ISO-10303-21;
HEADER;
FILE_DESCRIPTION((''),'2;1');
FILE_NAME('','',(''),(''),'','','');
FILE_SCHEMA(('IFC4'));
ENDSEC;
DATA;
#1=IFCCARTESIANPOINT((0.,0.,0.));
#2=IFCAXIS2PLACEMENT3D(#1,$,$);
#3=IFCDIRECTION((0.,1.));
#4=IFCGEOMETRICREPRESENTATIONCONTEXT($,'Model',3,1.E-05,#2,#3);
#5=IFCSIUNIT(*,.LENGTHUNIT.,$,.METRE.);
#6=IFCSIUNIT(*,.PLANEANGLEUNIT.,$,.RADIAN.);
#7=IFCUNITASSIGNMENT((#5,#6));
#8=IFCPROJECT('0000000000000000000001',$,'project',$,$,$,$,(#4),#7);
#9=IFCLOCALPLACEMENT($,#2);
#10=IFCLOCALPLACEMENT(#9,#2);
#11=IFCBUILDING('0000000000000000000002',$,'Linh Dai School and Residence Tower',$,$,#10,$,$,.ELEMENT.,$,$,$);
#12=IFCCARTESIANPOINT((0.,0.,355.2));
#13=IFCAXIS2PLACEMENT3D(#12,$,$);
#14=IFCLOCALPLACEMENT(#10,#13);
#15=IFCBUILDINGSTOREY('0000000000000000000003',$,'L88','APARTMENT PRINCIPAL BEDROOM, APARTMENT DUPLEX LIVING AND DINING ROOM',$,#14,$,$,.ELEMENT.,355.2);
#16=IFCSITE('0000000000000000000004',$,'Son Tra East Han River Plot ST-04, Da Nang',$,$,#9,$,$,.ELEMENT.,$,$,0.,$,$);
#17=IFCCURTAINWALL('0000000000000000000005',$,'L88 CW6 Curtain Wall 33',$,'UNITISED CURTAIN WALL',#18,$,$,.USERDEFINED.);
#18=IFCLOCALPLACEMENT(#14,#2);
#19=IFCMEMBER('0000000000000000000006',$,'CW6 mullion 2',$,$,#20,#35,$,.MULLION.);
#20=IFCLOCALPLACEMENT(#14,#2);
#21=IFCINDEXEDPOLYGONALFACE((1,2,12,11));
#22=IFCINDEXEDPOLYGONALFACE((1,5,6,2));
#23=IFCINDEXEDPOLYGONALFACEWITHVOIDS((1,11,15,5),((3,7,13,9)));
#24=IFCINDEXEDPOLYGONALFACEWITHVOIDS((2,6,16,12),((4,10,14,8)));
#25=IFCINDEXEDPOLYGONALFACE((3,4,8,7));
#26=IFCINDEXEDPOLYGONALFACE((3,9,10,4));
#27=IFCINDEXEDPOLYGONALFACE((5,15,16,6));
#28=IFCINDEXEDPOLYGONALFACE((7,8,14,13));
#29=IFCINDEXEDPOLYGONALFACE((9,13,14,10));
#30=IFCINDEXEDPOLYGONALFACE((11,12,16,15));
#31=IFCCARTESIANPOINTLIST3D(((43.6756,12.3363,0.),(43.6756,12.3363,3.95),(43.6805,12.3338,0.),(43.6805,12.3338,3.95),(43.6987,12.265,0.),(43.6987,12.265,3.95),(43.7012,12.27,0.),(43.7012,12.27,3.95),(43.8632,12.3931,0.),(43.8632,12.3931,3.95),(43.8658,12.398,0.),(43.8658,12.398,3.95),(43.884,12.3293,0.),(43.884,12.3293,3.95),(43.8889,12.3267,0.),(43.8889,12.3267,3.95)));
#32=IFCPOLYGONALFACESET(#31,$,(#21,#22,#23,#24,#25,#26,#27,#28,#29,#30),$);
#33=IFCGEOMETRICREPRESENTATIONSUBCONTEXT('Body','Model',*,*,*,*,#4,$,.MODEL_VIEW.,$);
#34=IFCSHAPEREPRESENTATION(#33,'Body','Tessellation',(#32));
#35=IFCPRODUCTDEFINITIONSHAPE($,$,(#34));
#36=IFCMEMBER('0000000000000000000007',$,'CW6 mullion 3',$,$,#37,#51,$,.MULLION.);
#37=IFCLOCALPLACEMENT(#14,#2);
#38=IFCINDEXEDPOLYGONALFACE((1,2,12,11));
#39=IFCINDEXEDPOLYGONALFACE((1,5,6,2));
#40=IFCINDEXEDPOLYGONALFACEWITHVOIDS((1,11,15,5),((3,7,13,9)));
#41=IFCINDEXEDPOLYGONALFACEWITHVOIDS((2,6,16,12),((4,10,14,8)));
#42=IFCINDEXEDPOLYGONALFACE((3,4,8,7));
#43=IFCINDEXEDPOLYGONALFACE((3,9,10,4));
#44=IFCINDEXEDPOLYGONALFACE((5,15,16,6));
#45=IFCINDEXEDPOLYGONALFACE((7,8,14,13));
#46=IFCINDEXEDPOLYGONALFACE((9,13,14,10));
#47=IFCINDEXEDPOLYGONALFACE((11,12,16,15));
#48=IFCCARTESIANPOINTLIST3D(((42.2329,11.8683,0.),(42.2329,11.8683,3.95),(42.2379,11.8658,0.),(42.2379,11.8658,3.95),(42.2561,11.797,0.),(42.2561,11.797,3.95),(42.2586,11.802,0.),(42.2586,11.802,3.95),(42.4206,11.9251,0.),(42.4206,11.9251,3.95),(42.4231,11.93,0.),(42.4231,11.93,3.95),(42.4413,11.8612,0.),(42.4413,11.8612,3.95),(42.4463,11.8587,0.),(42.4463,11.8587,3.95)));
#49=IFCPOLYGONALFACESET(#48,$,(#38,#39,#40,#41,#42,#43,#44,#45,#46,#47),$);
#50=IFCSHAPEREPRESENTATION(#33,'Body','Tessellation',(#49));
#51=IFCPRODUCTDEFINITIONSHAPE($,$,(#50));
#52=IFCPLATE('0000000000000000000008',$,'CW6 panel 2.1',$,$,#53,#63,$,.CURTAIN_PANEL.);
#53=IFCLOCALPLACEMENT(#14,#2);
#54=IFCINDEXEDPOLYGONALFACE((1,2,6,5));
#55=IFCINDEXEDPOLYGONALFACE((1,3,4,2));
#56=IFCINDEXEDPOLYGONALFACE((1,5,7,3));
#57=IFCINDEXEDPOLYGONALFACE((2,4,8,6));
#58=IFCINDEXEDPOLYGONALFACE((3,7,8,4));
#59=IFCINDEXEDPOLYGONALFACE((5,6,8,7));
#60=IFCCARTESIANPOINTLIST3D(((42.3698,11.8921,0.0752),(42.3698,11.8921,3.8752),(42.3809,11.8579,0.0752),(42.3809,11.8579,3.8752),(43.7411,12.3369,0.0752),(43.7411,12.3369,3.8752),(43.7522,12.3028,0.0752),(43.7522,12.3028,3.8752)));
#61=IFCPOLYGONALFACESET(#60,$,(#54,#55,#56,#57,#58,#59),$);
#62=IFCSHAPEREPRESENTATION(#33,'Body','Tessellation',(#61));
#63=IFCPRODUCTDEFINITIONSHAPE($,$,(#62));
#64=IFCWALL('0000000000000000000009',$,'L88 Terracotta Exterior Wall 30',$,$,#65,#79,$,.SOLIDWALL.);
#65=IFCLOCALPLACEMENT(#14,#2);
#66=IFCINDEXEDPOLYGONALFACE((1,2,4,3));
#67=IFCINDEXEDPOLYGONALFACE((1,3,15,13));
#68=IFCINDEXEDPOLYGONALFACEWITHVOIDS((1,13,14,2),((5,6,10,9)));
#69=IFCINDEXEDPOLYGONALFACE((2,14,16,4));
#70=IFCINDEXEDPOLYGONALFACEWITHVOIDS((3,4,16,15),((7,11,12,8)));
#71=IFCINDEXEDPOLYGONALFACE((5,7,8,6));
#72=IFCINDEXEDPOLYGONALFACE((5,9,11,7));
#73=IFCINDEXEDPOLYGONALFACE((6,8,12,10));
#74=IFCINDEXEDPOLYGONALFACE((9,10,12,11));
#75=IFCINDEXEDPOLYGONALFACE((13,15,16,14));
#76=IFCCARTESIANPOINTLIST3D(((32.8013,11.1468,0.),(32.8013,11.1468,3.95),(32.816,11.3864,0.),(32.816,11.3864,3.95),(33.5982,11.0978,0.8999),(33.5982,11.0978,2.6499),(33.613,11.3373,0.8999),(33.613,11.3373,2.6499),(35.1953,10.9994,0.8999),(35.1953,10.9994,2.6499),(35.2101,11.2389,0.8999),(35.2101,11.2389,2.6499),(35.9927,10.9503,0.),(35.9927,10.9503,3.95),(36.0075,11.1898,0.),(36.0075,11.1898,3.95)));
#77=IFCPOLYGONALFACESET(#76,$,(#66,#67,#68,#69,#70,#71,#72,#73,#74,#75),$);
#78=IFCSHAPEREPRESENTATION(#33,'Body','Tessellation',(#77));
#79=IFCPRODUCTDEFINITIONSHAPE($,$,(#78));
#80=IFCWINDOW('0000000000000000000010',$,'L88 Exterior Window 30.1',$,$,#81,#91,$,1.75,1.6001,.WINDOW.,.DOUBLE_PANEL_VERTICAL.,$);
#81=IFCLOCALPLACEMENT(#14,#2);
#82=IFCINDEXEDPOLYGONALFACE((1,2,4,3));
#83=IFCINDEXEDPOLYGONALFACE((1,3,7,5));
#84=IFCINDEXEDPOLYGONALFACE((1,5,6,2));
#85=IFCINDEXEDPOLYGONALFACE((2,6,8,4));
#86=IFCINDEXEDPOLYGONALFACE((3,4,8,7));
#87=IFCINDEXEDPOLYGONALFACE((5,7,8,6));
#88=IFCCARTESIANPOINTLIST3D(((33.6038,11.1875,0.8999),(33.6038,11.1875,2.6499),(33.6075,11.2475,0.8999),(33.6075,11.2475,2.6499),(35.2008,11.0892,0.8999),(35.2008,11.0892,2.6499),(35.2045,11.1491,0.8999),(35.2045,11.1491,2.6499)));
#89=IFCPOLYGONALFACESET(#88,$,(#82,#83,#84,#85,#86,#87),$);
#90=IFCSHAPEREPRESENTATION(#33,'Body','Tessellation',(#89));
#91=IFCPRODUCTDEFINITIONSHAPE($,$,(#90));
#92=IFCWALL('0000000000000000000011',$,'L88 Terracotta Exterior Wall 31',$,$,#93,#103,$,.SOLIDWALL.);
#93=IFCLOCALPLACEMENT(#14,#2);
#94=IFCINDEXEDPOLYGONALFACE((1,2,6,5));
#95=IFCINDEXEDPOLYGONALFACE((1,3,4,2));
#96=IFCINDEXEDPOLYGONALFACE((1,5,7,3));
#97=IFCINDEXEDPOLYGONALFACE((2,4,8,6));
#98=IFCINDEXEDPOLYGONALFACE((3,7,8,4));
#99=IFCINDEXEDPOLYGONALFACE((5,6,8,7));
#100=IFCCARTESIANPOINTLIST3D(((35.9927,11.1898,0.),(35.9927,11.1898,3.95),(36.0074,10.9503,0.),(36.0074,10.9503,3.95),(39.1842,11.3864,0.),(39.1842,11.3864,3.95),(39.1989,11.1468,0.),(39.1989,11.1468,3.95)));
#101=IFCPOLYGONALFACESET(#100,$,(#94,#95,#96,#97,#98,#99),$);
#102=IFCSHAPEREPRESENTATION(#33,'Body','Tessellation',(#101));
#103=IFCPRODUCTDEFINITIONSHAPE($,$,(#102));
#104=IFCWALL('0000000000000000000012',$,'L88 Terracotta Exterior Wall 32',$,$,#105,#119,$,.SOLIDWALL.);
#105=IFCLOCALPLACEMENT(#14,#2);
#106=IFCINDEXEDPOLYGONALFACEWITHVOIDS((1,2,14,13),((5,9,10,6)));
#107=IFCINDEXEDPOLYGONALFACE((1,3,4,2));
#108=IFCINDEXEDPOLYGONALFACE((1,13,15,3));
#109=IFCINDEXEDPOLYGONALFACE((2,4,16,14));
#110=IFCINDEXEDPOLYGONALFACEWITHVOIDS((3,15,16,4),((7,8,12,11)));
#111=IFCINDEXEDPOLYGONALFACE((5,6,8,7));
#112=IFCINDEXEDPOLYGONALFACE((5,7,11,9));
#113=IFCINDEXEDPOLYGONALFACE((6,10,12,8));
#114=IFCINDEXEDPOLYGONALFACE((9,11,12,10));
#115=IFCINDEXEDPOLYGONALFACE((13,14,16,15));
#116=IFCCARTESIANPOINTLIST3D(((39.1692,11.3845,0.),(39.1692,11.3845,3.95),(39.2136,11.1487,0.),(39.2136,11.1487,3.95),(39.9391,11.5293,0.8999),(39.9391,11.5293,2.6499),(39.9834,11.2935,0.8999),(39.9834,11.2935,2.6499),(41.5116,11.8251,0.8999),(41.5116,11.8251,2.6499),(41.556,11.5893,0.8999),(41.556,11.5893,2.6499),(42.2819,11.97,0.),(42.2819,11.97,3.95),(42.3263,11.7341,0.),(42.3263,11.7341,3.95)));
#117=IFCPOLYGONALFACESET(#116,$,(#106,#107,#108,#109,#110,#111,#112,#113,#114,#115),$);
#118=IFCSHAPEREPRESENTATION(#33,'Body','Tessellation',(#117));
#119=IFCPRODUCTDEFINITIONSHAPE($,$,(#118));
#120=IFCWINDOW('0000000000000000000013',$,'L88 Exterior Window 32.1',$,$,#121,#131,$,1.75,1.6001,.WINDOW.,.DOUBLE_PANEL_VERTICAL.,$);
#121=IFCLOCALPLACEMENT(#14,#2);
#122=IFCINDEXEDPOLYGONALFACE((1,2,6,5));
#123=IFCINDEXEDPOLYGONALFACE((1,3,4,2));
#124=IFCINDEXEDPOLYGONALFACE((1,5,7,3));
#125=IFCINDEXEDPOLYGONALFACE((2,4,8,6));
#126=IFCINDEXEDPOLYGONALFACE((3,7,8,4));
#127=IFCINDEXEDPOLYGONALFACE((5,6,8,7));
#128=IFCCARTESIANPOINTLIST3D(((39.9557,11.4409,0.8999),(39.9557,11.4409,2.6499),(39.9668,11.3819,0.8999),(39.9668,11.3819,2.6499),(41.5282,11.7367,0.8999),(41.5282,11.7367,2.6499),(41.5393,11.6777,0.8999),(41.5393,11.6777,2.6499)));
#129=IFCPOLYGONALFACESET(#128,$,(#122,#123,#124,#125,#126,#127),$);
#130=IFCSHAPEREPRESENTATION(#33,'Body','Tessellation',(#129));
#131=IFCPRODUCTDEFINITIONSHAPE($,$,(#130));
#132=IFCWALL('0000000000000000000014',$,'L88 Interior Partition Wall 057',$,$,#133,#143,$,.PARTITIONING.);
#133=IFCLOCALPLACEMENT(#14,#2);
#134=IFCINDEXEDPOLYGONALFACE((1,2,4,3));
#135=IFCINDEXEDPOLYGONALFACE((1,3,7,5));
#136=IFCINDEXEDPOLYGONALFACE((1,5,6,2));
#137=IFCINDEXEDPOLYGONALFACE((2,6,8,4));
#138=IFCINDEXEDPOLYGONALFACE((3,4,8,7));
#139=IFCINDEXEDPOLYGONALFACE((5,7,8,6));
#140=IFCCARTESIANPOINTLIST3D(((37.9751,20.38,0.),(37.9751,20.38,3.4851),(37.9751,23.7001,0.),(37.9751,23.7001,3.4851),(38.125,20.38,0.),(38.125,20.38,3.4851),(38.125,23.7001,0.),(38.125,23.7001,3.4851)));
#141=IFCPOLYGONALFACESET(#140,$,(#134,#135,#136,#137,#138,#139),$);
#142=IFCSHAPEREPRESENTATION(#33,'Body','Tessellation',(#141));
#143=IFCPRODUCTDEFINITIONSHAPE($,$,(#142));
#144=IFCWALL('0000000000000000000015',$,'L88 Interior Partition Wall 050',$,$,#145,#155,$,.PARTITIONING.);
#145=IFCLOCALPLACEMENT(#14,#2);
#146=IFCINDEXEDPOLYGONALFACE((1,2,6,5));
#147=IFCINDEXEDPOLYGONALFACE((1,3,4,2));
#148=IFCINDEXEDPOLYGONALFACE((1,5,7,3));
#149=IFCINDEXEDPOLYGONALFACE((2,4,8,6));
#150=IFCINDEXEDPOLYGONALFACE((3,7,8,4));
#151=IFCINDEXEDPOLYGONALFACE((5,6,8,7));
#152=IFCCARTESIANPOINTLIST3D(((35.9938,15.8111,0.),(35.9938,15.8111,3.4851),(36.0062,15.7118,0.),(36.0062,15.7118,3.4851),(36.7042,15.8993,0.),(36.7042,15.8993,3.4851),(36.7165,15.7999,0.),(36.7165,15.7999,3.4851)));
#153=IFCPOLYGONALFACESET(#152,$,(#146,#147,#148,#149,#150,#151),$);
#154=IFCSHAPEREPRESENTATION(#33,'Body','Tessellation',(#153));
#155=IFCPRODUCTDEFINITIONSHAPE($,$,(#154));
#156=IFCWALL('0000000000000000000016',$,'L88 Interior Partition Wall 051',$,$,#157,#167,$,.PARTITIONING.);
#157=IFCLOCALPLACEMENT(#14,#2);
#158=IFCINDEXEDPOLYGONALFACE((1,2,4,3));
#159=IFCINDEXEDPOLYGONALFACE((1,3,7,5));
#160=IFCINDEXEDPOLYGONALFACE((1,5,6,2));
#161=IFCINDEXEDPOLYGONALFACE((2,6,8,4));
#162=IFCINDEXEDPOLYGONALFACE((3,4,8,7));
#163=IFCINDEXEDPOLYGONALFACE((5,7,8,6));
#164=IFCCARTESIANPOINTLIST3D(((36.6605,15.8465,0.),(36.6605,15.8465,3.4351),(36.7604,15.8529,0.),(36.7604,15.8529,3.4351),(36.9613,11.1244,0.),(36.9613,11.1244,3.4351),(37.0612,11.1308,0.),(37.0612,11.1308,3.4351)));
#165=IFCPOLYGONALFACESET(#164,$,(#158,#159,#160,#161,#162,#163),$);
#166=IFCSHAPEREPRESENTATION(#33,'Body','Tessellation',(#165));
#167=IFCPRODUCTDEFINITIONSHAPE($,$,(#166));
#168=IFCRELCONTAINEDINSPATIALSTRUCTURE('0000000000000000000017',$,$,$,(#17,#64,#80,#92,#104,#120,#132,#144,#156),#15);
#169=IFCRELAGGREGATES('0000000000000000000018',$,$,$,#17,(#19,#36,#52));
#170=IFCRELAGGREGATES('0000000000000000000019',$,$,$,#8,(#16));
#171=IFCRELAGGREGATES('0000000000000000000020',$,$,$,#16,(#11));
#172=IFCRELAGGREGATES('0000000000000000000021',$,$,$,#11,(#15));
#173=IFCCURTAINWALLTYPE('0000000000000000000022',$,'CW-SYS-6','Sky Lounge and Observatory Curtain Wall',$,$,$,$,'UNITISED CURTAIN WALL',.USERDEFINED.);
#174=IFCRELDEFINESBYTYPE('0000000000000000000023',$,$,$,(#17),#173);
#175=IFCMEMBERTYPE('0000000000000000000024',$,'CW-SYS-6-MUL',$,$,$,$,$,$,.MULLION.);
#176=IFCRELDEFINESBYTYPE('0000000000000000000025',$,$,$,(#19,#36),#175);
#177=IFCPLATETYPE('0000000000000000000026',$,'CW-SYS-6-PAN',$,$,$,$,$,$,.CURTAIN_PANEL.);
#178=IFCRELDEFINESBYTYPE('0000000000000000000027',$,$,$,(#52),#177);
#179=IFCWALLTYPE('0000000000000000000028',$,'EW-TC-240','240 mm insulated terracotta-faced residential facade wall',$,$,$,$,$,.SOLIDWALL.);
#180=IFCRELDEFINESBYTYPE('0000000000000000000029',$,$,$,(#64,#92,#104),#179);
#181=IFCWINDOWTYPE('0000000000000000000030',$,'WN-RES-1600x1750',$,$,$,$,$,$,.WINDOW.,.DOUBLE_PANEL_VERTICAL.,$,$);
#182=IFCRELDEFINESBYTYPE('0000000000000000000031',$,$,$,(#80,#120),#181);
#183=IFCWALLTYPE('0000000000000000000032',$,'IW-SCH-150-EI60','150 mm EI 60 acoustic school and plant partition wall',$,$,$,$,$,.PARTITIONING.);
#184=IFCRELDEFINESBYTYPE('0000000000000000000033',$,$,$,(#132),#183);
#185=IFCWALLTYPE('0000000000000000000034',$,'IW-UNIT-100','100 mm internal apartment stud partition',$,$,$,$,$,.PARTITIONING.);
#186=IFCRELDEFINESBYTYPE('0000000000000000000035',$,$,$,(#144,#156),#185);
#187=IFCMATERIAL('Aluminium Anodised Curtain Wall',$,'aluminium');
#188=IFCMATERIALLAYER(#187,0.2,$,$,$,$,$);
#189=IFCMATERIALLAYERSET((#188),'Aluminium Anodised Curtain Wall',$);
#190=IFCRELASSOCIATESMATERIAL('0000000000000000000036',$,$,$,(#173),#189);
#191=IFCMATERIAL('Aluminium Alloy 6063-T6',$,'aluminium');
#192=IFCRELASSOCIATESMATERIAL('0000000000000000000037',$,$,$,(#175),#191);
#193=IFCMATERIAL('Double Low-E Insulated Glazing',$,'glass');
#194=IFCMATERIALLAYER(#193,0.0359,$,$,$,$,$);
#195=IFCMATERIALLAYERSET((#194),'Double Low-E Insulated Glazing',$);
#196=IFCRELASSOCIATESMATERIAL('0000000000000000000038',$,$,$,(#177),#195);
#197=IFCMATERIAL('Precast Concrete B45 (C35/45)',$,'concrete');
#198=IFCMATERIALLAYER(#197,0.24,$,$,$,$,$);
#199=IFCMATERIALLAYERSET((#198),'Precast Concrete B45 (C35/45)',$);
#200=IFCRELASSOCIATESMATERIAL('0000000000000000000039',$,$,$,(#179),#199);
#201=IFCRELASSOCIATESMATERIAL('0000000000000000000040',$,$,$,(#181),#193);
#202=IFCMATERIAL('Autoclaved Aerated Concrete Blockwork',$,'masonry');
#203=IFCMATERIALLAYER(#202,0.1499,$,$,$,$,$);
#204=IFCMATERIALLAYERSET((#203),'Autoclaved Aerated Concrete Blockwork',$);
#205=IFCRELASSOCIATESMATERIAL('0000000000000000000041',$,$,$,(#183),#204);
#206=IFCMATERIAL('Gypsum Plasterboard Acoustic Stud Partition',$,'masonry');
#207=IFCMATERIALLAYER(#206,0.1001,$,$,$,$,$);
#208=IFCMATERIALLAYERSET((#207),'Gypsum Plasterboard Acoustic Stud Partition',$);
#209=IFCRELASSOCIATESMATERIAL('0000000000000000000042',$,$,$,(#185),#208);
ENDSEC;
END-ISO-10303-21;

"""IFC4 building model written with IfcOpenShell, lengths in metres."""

from ifc_helpers import new_model, si_unit, direction, frame, frame_2d, origin, origin_2d, place, context, subcontext, project, spatial, rectangle, hollow_rectangle, extrude, source, transform, mapped, material, layer, layer_set, material_profile, profile_set, type_object, element, fill, aggregate, save


model = new_model("IFC4")

# Units and contexts
model_context = context("Model", 3, precision=1e-05, world=origin(), true_north=direction((0.0, 1.0)))
body_context = subcontext(model_context, "Body", "Model", "MODEL_VIEW")
ifc_project = project(units=[si_unit("LENGTHUNIT", "METRE"), si_unit("PLANEANGLEUNIT", "RADIAN")], contexts=[model_context])

# Site, building, storey
site_placement = place(None, origin())
site = spatial("IfcSite", under=ifc_project, at=site_placement, Name="Son Tra East Han River Plot ST-04, Da Nang", CompositionType="ELEMENT", RefElevation=0.0)
building_placement = place(site_placement, origin())
building = spatial("IfcBuilding", under=site, at=building_placement, Name="Linh Dai School and Residence Tower", CompositionType="ELEMENT")
storey_placement = place(building_placement, frame((0.0, 0.0, 355.2)))
storey = spatial("IfcBuildingStorey", under=building, at=storey_placement, Name="L88", Description="APARTMENT PRINCIPAL BEDROOM, APARTMENT DUPLEX LIVING AND DINING ROOM", CompositionType="ELEMENT", Elevation=355.2)

# Curtain wall, members, plate
ifc_material_1 = material(Name="Aluminium Anodised Curtain Wall", Category="aluminium")
ifc_layer_1 = layer(ifc_material_1, 0.2)
ifc_layer_set_1 = layer_set([ifc_layer_1], Name="Aluminium Anodised Curtain Wall")
curtain_wall_type = type_object("IfcCurtainWallType", Name="CW-SYS-6", Description="Sky Lounge and Observatory Curtain Wall", ElementType="UNITISED CURTAIN WALL", PredefinedType="USERDEFINED", material=ifc_layer_set_1)
curtain_wall_placement = place(storey_placement, origin())
curtain_wall = element("IfcCurtainWall", 1, at=curtain_wall_placement, inside=storey, type_object=curtain_wall_type, Name="L88 CW6 Curtain Wall 33", ObjectType="UNITISED CURTAIN WALL", PredefinedType="USERDEFINED")
ifc_material_2 = material(Name="Aluminium Alloy 6063-T6", Category="aluminium")
ifc_material_profile_1 = material_profile(ifc_material_2, hollow_rectangle(XDim=0.075, YDim=0.2, WallThickness=0.0039, at=origin_2d()), Name="RHS 200x75x4")
ifc_profile_set_1 = profile_set([ifc_material_profile_1], Name="Aluminium Alloy 6063-T6")
member_type_1 = type_object("IfcMemberType", Name="CW-SYS-6-MUL", PredefinedType="MULLION", material=ifc_profile_set_1)
shared_shape_1 = source(origin(), body_context, "Body", "SweptSolid", [
    extrude(hollow_rectangle(XDim=0.075, YDim=0.2, WallThickness=0.0039, at=origin_2d()), origin(), (0.0, 0.0, 1.0), 3.95),
])
member_1_placement = place(storey_placement, frame((43.7822, 12.3315, 0.0), z_axis=(0.0, 0.0, 1.0), x_axis=(0.308565, -0.951203, 0.0)))
member_1 = element("IfcMember", 2, at=member_1_placement, type_object=member_type_1, Name="CW6 mullion 2", PredefinedType="MULLION", context=body_context, shape_type="MappedRepresentation", body=[
    mapped(shared_shape_1, transform((0.0, 0.0, 0.0), x_axis=(1.0, 0.0, 0.0), y_axis=(0.0, 1.0, 0.0), z_axis=(0.0, 0.0, 1.0), scale=1.0)),
])
member_2_placement = place(storey_placement, frame((42.3396, 11.8635, 0.0), z_axis=(0.0, 0.0, 1.0), x_axis=(0.308565, -0.951203, 0.0)))
member_2 = element("IfcMember", 3, at=member_2_placement, type_object=member_type_1, Name="CW6 mullion 3", PredefinedType="MULLION", context=body_context, shape_type="MappedRepresentation", body=[
    mapped(shared_shape_1, transform((0.0, 0.0, 0.0), x_axis=(1.0, 0.0, 0.0), y_axis=(0.0, 1.0, 0.0), z_axis=(0.0, 0.0, 1.0), scale=1.0)),
])
ifc_material_3 = material(Name="Double Low-E Insulated Glazing", Category="glass")
ifc_layer_2 = layer(ifc_material_3, 0.0359)
ifc_layer_set_2 = layer_set([ifc_layer_2], Name="Double Low-E Insulated Glazing")
plate_type = type_object("IfcPlateType", Name="CW-SYS-6-PAN", PredefinedType="CURTAIN_PANEL", material=ifc_layer_set_2)
shared_shape_2 = source(origin(), body_context, "Body", "SweptSolid", [
    extrude(rectangle(XDim=1.4417, YDim=0.0359, at=origin_2d()), origin(), (0.0, 0.0, 1.0), 3.8),
])
plate_placement = place(storey_placement, frame((43.061, 12.0974, 0.0752), z_axis=(0.0, 0.0, 1.0), x_axis=(-0.951203, -0.308565, 0.0)))
plate = element("IfcPlate", 4, at=plate_placement, type_object=plate_type, Name="CW6 panel 2.1", PredefinedType="CURTAIN_PANEL", context=body_context, shape_type="MappedRepresentation", body=[
    mapped(shared_shape_2, transform((0.0, 0.0, 0.0), x_axis=(1.0, 0.0, 0.0), y_axis=(0.0, 1.0, 0.0), z_axis=(0.0, 0.0, 1.0), scale=1.0)),
])
aggregate(curtain_wall, [member_1, member_2, plate])

# Wall, opening, window
ifc_material_4 = material(Name="Precast Concrete B45 (C35/45)", Category="concrete")
ifc_layer_3 = layer(ifc_material_4, 0.24)
ifc_layer_set_3 = layer_set([ifc_layer_3], Name="Precast Concrete B45 (C35/45)")
wall_type_1 = type_object("IfcWallType", Name="EW-TC-240", Description="240 mm insulated terracotta-faced residential facade wall", PredefinedType="SOLIDWALL", material=ifc_layer_set_3)
wall_1_placement = place(storey_placement, frame((36.0, 11.0701, 0.0), z_axis=(0.0, 0.0, 1.0), x_axis=(-0.998109, 0.061466, 0.0)))
wall_1 = element("IfcWall", 5, at=wall_1_placement, inside=storey, type_object=wall_type_1, Name="L88 Terracotta Exterior Wall 30", PredefinedType="SOLIDWALL", context=body_context, shape_type="SweptSolid", body=[
    extrude(rectangle(XDim=3.1975, YDim=0.24, at=frame_2d((1.5986, 0.0))), origin(), (0.0, 0.0, 1.0), 3.95),
])
opening_1_placement = place(wall_1_placement, frame((0.7988, 0.0, 0.8999)))
opening_1 = element("IfcOpeningElement", 6, at=opening_1_placement, cuts=wall_1, PredefinedType="OPENING", context=body_context, shape_type="SweptSolid", body=[
    extrude(rectangle(XDim=1.6001, YDim=1.75, at=origin_2d()), frame((0.8, 0.1299, 0.875), z_axis=(0.0, -1.0, 0.0), x_axis=(1.0, 0.0, 0.0)), (0.0, 0.0, 1.0), 0.26),
])
window_type = type_object("IfcWindowType", Name="WN-RES-1600x1750", PartitioningType="DOUBLE_PANEL_VERTICAL", PredefinedType="WINDOW", material=ifc_material_3)
shared_shape_3 = source(origin(), body_context, "Body", "SweptSolid", [
    extrude(rectangle(XDim=1.6001, YDim=1.75, at=origin_2d()), frame((0.8, 0.03, 0.875), z_axis=(0.0, -1.0, 0.0), x_axis=(1.0, 0.0, 0.0)), (0.0, 0.0, 1.0), 0.0601),
])
window_1_placement = place(opening_1_placement, origin())
window_1 = element("IfcWindow", 7, at=window_1_placement, inside=storey, type_object=window_type, Name="L88 Exterior Window 30.1", OverallHeight=1.75, OverallWidth=1.6001, PartitioningType="DOUBLE_PANEL_VERTICAL", PredefinedType="WINDOW", context=body_context, shape_type="MappedRepresentation", body=[
    mapped(shared_shape_3, transform((0.0, 0.0, 0.0), x_axis=(1.0, 0.0, 0.0), y_axis=(0.0, 1.0, 0.0), z_axis=(0.0, 0.0, 1.0), scale=1.0)),
])
fill(opening_1, window_1)

# Wall
wall_2_placement = place(storey_placement, frame((39.1914, 11.2666, 0.0), z_axis=(0.0, 0.0, 1.0), x_axis=(-0.998109, -0.061466, 0.0)))
element("IfcWall", 8, at=wall_2_placement, inside=storey, type_object=wall_type_1, Name="L88 Terracotta Exterior Wall 31", PredefinedType="SOLIDWALL", context=body_context, shape_type="SweptSolid", body=[
    extrude(rectangle(XDim=3.1975, YDim=0.24, at=frame_2d((1.5986, 0.0))), origin(), (0.0, 0.0, 1.0), 3.95),
])

# Wall, opening, window
wall_3_placement = place(storey_placement, frame((42.304, 11.8521, 0.0), z_axis=(0.0, 0.0, 1.0), x_axis=(-0.982766, -0.184852, 0.0)))
wall_3 = element("IfcWall", 9, at=wall_3_placement, inside=storey, type_object=wall_type_1, Name="L88 Terracotta Exterior Wall 32", PredefinedType="SOLIDWALL", context=body_context, shape_type="SweptSolid", body=[
    extrude(rectangle(XDim=3.1672, YDim=0.24, at=frame_2d((1.5835, 0.0))), origin(), (0.0, 0.0, 1.0), 3.95),
])
opening_2_placement = place(wall_3_placement, frame((0.7837, 0.0, 0.8999)))
opening_2 = element("IfcOpeningElement", 10, at=opening_2_placement, cuts=wall_3, PredefinedType="OPENING", context=body_context, shape_type="SweptSolid", body=[
    extrude(rectangle(XDim=1.6001, YDim=1.75, at=origin_2d()), frame((0.8, 0.1299, 0.875), z_axis=(0.0, -1.0, 0.0), x_axis=(1.0, 0.0, 0.0)), (0.0, 0.0, 1.0), 0.26),
])
window_2_placement = place(opening_2_placement, origin())
window_2 = element("IfcWindow", 11, at=window_2_placement, inside=storey, type_object=window_type, Name="L88 Exterior Window 32.1", OverallHeight=1.75, OverallWidth=1.6001, PartitioningType="DOUBLE_PANEL_VERTICAL", PredefinedType="WINDOW", context=body_context, shape_type="MappedRepresentation", body=[
    mapped(shared_shape_3, transform((0.0, 0.0, 0.0), x_axis=(1.0, 0.0, 0.0), y_axis=(0.0, 1.0, 0.0), z_axis=(0.0, 0.0, 1.0), scale=1.0)),
])
fill(opening_2, window_2)

# Walls
ifc_material_5 = material(Name="Autoclaved Aerated Concrete Blockwork", Category="masonry")
ifc_layer_4 = layer(ifc_material_5, 0.1499)
ifc_layer_set_4 = layer_set([ifc_layer_4], Name="Autoclaved Aerated Concrete Blockwork")
wall_type_2 = type_object("IfcWallType", Name="IW-SCH-150-EI60", Description="150 mm EI 60 acoustic school and plant partition wall", PredefinedType="PARTITIONING", material=ifc_layer_set_4)
wall_4_placement = place(storey_placement, frame((38.05, 20.3799, 0.0), z_axis=(0.0, 0.0, 1.0), x_axis=(0.0, 1.0, 0.0)))
element("IfcWall", 12, at=wall_4_placement, inside=storey, type_object=wall_type_2, Name="L88 Interior Partition Wall 057", PredefinedType="PARTITIONING", context=body_context, shape_type="SweptSolid", body=[
    extrude(rectangle(XDim=3.3201, YDim=0.1499, at=frame_2d((1.6602, 0.0))), origin(), (0.0, 0.0, 1.0), 3.4851),
])
ifc_material_6 = material(Name="Gypsum Plasterboard Acoustic Stud Partition", Category="masonry")
ifc_layer_5 = layer(ifc_material_6, 0.1001)
ifc_layer_set_5 = layer_set([ifc_layer_5], Name="Gypsum Plasterboard Acoustic Stud Partition")
wall_type_3 = type_object("IfcWallType", Name="IW-UNIT-100", Description="100 mm internal apartment stud partition", PredefinedType="PARTITIONING", material=ifc_layer_set_5)
wall_5_placement = place(storey_placement, frame((36.0, 15.7615, 0.0), z_axis=(0.0, 0.0, 1.0), x_axis=(0.992393, 0.123111, 0.0)))
element("IfcWall", 13, at=wall_5_placement, inside=storey, type_object=wall_type_3, Name="L88 Interior Partition Wall 050", PredefinedType="PARTITIONING", context=body_context, shape_type="SweptSolid", body=[
    extrude(rectangle(XDim=0.7158, YDim=0.1001, at=frame_2d((0.3579, 0.0))), origin(), (0.0, 0.0, 1.0), 3.4851),
])
wall_6_placement = place(storey_placement, frame((36.7104, 15.8496, 0.0), z_axis=(0.0, 0.0, 1.0), x_axis=(0.063567, -0.997978, 0.0)))
element("IfcWall", 14, at=wall_6_placement, inside=storey, type_object=wall_type_3, Name="L88 Interior Partition Wall 051", PredefinedType="PARTITIONING", context=body_context, shape_type="SweptSolid", body=[
    extrude(rectangle(XDim=4.7317, YDim=0.1001, at=frame_2d((2.3657, 0.0))), origin(), (0.0, 0.0, 1.0), 3.4351),
])

save(model, "model.ifc")
